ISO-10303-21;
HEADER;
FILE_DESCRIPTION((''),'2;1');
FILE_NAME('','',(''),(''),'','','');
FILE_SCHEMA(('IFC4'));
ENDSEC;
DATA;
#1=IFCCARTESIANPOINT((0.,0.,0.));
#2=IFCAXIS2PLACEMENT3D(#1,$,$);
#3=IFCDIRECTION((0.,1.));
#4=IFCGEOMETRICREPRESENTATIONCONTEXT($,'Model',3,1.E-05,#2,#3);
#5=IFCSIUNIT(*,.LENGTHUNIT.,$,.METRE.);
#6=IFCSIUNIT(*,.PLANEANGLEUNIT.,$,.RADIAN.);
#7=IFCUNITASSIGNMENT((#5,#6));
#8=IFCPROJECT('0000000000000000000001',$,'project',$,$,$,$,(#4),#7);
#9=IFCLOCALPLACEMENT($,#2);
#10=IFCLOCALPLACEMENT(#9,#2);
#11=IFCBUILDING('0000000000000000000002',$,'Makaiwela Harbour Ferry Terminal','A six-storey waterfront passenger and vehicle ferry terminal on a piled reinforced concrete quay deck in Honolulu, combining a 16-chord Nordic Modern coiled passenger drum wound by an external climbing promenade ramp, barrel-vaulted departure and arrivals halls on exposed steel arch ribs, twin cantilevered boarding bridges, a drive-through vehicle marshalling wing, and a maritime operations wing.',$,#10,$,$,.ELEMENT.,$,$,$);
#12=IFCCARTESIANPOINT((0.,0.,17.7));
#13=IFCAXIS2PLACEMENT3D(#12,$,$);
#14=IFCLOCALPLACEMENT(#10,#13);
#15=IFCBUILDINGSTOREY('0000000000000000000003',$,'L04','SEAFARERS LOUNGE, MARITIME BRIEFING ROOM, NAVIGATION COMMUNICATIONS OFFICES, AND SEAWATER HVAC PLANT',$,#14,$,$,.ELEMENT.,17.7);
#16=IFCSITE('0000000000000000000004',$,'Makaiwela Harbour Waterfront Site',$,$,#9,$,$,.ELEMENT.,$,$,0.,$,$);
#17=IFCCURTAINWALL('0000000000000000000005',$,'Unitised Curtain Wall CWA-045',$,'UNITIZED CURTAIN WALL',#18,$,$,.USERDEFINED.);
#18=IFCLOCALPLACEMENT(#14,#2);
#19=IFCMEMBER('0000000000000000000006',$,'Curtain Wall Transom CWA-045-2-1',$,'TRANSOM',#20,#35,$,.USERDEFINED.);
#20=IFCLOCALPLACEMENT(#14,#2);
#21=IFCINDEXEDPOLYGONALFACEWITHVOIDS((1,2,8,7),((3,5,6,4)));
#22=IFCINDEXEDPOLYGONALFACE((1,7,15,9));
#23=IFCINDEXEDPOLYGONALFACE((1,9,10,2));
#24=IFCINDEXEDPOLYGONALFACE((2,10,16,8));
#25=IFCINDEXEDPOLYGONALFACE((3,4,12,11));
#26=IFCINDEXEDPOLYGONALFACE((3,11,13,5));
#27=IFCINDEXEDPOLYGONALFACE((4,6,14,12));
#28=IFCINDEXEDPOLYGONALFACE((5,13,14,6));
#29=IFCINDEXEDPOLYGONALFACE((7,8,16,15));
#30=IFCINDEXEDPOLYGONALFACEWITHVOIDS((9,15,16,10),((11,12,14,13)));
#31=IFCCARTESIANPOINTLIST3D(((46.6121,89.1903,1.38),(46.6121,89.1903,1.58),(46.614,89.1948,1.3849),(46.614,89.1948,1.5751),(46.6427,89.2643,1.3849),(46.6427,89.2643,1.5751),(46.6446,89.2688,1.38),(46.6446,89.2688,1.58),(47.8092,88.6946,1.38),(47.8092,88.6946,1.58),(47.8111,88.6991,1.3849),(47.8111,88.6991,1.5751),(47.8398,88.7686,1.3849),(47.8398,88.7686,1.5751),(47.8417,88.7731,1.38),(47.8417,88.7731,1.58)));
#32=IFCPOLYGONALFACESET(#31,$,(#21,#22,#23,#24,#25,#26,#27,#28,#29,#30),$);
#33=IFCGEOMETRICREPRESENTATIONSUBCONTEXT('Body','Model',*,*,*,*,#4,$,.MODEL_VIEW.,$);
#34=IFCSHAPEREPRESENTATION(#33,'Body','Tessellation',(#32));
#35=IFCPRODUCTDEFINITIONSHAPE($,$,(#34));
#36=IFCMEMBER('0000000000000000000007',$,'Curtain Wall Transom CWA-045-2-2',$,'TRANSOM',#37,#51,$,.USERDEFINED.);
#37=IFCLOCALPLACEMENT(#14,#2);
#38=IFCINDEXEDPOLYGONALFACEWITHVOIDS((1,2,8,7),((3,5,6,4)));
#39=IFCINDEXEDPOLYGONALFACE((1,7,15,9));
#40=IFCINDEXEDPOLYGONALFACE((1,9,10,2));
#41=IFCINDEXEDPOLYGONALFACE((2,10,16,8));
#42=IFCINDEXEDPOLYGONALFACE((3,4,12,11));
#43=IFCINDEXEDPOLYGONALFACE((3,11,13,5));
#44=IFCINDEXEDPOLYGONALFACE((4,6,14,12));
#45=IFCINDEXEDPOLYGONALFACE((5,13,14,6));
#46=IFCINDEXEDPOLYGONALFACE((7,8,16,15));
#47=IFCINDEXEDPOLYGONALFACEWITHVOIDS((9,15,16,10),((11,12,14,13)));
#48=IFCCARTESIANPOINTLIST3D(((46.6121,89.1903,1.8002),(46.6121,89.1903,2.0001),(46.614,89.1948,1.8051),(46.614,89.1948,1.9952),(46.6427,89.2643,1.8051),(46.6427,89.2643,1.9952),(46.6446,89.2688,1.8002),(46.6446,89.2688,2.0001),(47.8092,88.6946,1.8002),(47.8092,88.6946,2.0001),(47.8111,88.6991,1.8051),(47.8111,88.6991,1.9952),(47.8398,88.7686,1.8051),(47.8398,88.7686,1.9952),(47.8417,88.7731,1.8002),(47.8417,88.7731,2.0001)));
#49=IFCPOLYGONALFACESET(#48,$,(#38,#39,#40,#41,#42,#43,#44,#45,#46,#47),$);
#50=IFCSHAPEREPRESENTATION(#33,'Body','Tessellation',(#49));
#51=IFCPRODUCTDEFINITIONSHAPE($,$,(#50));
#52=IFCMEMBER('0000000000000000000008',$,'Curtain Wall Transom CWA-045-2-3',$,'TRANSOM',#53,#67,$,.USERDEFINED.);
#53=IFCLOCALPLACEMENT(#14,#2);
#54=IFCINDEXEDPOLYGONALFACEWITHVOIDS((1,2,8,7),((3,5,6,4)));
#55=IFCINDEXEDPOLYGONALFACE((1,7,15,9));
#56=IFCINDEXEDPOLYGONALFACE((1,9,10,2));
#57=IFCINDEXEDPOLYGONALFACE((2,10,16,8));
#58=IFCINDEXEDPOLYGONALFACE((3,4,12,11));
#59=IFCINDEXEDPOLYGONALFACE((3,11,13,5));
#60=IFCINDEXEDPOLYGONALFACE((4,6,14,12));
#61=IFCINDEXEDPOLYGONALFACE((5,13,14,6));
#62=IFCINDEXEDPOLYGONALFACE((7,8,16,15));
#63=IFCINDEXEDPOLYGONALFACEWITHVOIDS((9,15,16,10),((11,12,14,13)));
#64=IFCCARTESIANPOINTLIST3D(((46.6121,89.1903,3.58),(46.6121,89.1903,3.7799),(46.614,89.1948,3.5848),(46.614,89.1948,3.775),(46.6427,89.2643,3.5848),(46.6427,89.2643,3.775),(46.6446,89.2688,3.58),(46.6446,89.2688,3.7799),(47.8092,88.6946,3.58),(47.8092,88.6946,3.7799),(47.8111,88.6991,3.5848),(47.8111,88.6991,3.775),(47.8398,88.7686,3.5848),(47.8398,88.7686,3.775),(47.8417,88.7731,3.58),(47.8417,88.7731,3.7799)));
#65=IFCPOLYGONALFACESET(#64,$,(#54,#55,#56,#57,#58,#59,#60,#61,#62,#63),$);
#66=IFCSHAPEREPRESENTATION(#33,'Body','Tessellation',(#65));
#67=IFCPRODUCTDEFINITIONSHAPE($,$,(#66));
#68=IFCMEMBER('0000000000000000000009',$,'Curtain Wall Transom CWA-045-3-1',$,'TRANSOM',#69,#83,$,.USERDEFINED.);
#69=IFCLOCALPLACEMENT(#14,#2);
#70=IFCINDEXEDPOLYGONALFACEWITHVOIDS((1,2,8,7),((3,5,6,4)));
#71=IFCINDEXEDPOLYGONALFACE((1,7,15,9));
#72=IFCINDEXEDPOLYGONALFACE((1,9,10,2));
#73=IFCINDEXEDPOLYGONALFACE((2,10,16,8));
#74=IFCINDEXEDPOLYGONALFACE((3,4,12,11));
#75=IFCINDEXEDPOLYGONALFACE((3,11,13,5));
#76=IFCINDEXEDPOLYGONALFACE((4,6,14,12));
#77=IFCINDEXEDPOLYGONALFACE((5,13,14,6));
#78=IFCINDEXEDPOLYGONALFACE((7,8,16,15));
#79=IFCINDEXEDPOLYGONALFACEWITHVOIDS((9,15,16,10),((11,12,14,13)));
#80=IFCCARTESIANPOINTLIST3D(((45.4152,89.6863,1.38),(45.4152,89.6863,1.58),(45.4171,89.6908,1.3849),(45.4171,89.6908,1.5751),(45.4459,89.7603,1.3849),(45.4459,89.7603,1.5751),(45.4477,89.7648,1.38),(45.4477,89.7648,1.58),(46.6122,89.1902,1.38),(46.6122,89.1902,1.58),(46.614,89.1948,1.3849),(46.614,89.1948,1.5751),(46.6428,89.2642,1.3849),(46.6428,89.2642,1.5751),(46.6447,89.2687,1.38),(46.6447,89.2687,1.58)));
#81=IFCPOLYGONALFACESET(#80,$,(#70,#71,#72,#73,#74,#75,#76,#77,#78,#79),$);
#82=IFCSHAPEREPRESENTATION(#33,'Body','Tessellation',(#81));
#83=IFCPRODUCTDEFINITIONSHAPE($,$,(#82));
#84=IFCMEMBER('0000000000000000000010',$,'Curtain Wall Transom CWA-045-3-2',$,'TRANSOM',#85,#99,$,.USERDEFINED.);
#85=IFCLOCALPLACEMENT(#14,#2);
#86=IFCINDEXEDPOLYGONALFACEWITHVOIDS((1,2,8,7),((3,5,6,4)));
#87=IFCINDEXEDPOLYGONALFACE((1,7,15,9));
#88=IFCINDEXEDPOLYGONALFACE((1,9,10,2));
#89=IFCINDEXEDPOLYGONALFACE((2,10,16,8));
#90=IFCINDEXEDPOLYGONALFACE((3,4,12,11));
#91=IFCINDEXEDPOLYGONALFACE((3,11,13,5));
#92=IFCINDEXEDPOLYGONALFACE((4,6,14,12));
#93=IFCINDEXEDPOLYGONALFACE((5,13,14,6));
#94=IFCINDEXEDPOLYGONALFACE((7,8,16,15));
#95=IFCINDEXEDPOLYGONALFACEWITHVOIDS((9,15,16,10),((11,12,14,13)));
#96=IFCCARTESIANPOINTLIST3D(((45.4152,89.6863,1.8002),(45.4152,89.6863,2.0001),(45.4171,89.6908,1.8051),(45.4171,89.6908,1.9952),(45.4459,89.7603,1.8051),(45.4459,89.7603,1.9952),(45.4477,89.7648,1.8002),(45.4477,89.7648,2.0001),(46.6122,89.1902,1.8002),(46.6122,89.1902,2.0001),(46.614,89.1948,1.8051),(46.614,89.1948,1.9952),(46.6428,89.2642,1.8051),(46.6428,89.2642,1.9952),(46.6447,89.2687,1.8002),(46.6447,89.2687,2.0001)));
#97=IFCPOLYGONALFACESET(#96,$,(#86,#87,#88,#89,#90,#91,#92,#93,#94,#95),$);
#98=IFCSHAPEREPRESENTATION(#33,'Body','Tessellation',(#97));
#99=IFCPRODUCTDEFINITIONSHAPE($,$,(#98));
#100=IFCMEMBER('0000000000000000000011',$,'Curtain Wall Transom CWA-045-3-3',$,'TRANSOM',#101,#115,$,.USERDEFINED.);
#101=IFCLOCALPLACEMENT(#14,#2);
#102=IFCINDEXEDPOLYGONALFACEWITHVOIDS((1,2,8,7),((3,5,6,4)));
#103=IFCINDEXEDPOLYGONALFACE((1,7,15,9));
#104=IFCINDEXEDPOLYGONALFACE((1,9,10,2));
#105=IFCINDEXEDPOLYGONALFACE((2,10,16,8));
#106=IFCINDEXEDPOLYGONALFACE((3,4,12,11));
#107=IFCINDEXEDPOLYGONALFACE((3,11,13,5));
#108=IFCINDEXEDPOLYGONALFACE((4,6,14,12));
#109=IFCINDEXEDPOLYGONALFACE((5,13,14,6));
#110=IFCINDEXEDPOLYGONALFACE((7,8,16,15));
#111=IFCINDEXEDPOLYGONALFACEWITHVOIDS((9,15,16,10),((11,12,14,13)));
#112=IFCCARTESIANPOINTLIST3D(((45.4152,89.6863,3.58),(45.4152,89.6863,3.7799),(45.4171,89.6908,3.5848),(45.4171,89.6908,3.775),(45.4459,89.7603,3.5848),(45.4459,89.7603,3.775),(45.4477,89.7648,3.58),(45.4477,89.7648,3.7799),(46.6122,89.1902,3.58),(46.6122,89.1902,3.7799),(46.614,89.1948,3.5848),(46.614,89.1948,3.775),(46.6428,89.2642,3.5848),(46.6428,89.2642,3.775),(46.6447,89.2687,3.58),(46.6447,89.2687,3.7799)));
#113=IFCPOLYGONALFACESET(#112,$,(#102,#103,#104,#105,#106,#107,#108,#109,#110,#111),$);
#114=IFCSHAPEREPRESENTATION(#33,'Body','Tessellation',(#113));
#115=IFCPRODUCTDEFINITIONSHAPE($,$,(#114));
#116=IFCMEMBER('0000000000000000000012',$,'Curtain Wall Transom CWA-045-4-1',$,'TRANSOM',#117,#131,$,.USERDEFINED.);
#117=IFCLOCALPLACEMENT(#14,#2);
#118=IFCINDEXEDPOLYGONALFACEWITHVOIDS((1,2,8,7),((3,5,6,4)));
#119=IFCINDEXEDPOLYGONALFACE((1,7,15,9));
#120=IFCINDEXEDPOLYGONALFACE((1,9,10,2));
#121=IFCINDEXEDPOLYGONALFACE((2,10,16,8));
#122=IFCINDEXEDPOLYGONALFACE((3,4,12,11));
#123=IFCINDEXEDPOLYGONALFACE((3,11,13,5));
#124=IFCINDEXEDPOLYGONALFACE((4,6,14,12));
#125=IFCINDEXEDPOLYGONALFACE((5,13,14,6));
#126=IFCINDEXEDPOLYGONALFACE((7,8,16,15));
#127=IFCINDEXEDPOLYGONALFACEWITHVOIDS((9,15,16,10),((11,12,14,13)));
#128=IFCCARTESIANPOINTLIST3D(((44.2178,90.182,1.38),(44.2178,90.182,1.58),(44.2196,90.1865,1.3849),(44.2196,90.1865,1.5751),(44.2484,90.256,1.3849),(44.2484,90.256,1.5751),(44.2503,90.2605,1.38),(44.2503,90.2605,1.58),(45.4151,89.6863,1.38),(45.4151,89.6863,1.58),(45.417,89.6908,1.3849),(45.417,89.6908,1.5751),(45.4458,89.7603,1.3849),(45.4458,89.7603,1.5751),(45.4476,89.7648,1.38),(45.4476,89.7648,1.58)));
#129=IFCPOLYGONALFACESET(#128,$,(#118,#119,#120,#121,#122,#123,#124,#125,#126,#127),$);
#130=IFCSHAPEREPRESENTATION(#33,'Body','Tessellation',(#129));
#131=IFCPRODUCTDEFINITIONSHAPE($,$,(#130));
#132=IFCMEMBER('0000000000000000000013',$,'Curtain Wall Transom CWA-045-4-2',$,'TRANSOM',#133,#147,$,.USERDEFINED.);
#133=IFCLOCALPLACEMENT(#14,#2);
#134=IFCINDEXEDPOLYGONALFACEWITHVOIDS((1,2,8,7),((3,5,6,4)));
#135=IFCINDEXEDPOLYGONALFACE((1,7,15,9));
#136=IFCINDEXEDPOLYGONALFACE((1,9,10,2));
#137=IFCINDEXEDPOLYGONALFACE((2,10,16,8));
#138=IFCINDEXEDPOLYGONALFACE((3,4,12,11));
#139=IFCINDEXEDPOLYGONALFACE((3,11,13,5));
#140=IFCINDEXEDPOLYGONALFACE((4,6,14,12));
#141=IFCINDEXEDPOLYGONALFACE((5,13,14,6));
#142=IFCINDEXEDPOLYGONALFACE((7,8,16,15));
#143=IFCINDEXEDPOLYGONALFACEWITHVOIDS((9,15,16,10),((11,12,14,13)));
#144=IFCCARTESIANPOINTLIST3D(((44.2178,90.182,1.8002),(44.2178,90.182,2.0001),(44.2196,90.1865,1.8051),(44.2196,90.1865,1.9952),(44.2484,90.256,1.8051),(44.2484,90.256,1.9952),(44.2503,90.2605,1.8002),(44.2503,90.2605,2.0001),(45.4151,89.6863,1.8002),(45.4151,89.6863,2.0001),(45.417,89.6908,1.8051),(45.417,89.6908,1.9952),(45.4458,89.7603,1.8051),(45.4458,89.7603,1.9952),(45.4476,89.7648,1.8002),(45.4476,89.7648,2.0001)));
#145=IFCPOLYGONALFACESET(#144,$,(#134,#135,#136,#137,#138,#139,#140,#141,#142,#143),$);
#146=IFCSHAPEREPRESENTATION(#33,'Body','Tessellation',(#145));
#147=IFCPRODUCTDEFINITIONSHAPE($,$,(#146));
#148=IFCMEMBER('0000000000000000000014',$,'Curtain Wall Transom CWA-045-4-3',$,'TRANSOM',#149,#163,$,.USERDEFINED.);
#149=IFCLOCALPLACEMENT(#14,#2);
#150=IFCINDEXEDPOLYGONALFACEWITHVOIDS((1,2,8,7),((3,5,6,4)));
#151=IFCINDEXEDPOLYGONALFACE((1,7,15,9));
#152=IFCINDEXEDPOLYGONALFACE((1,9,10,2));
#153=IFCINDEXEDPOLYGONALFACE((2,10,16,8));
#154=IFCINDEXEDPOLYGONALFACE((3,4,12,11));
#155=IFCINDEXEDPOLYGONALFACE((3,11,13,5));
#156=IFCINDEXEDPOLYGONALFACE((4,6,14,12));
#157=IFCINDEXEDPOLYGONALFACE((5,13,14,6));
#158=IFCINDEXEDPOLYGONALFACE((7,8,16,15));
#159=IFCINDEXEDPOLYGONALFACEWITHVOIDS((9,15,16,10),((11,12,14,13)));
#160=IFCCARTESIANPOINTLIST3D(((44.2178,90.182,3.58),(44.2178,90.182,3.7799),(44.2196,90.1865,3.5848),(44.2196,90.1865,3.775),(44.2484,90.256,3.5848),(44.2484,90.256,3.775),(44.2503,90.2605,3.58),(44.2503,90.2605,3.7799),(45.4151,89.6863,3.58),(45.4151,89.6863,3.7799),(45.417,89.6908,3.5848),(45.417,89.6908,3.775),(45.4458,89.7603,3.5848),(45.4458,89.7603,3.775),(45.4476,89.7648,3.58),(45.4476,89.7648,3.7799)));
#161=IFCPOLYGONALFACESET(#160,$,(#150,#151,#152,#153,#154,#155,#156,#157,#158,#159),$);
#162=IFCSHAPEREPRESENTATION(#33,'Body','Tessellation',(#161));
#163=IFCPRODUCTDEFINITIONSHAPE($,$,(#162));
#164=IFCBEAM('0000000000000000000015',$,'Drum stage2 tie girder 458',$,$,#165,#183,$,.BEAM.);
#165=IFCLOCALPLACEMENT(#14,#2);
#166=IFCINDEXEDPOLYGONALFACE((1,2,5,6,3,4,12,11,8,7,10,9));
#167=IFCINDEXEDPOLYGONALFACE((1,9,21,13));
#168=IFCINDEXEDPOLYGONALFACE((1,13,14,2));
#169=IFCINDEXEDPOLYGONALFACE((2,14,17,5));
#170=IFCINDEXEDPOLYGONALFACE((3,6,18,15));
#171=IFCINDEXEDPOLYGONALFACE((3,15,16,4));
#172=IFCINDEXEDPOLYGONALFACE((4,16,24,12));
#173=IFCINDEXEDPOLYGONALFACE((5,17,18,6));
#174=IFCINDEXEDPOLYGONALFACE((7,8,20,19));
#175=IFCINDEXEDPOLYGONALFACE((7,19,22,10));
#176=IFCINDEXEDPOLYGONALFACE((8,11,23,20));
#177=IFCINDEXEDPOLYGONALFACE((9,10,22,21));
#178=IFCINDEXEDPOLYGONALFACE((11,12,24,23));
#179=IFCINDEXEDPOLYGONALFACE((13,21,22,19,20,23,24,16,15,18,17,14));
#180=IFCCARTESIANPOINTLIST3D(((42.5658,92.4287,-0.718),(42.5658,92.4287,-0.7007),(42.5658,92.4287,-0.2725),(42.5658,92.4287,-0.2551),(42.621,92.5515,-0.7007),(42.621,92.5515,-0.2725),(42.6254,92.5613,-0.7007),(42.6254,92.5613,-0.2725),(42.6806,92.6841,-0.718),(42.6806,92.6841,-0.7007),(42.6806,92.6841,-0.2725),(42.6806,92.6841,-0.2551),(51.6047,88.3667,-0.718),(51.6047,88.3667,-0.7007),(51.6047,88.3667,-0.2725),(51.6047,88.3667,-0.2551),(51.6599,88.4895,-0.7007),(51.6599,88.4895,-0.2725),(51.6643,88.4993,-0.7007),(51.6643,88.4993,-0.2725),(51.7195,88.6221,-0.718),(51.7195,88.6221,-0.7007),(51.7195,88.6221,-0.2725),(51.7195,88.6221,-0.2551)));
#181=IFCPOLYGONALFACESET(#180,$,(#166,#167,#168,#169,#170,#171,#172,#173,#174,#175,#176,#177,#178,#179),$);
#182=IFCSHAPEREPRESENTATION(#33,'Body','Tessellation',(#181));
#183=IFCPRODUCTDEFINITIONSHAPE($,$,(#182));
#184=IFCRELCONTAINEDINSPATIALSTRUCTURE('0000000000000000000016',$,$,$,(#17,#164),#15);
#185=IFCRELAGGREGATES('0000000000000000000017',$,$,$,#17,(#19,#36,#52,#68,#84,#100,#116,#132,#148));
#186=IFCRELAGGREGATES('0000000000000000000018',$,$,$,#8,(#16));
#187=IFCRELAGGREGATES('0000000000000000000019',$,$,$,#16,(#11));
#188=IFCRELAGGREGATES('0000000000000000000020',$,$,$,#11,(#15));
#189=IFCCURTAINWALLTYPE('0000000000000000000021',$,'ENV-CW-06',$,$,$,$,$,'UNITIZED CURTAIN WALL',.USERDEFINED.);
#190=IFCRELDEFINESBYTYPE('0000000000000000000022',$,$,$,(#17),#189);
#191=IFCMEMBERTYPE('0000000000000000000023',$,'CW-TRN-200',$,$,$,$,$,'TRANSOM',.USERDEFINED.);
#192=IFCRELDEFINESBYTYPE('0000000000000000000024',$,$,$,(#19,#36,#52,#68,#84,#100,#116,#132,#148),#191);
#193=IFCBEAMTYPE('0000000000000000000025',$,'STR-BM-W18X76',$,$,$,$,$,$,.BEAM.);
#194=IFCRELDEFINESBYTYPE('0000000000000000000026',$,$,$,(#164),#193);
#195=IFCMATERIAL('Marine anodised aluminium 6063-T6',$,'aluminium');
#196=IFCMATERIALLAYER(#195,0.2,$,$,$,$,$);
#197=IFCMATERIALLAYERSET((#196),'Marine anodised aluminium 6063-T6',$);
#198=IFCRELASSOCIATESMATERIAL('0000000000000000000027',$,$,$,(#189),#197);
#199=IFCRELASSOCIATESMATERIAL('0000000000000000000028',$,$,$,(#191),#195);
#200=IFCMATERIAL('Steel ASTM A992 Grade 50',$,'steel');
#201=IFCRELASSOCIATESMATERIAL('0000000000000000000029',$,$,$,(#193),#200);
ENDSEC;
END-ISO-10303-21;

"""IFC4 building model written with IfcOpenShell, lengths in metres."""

from ifc_helpers import new_model, si_unit, direction, frame, origin, origin_2d, place, context, subcontext, project, spatial, hollow_rectangle, i_section, extrude, material, layer, layer_set, material_profile, profile_set, type_object, element, aggregate, save


model = new_model("IFC4")

# Units and contexts
model_context = context("Model", 3, precision=1e-05, world=origin(), true_north=direction((0.0, 1.0)))
body_context = subcontext(model_context, "Body", "Model", "MODEL_VIEW")
ifc_project = project(units=[si_unit("LENGTHUNIT", "METRE"), si_unit("PLANEANGLEUNIT", "RADIAN")], contexts=[model_context])

# Site, building, storey
site_placement = place(None, origin())
site = spatial("IfcSite", under=ifc_project, at=site_placement, Name="Makaiwela Harbour Waterfront Site", CompositionType="ELEMENT", RefElevation=0.0)
building_placement = place(site_placement, origin())
building = spatial("IfcBuilding", under=site, at=building_placement, Name="Makaiwela Harbour Ferry Terminal", Description="A six-storey waterfront passenger and vehicle ferry terminal on a piled reinforced concrete quay deck in Honolulu, combining a 16-chord Nordic Modern coiled passenger drum wound by an external climbing promenade ramp, barrel-vaulted departure and arrivals halls on exposed steel arch ribs, twin cantilevered boarding bridges, a drive-through vehicle marshalling wing, and a maritime operations wing.", CompositionType="ELEMENT")
storey_placement = place(building_placement, frame((0.0, 0.0, 17.7)))
storey = spatial("IfcBuildingStorey", under=building, at=storey_placement, Name="L04", Description="SEAFARERS LOUNGE, MARITIME BRIEFING ROOM, NAVIGATION COMMUNICATIONS OFFICES, AND SEAWATER HVAC PLANT", CompositionType="ELEMENT", Elevation=17.7)

# Curtain wall
ifc_material_1 = material(Name="Marine anodised aluminium 6063-T6", Category="aluminium")
ifc_layer_1 = layer(ifc_material_1, 0.2)
ifc_layer_set_1 = layer_set([ifc_layer_1], Name="Marine anodised aluminium 6063-T6")
curtain_wall_type = type_object("IfcCurtainWallType", Name="ENV-CW-06", ElementType="UNITIZED CURTAIN WALL", PredefinedType="USERDEFINED", material=ifc_layer_set_1)
curtain_wall_1_placement = place(storey_placement, origin())
curtain_wall_1 = element("IfcCurtainWall", 1, at=curtain_wall_1_placement, inside=storey, type_object=curtain_wall_type, Name="Unitised Curtain Wall CWA-045", ObjectType="UNITIZED CURTAIN WALL", PredefinedType="USERDEFINED")

# Members
ifc_material_profile_1 = material_profile(ifc_material_1, hollow_rectangle(XDim=0.085, YDim=0.2, WallThickness=0.0049, at=origin_2d()), Name="CWT-200X85")
ifc_profile_set_1 = profile_set([ifc_material_profile_1], Name="Marine anodised aluminium 6063-T6")
member_type_1 = type_object("IfcMemberType", Name="CW-TRN-200", ElementType="TRANSOM", PredefinedType="USERDEFINED", material=ifc_profile_set_1)
member_1_placement = place(storey_placement, frame((47.8254, 88.7339, 1.48), z_axis=(-0.923939, 0.38254, 0.0), x_axis=(-0.38254, -0.923939, 0.0)))
member_1 = element("IfcMember", 2, at=member_1_placement, type_object=member_type_1, Name="Curtain Wall Transom CWA-045-2-1", ObjectType="TRANSOM", PredefinedType="USERDEFINED", context=body_context, shape_type="SweptSolid", body=[
    extrude(hollow_rectangle(XDim=0.085, YDim=0.2, WallThickness=0.0049, at=origin_2d()), origin(), (0.0, 0.0, 1.0), 1.2957),
])
member_2_placement = place(storey_placement, frame((47.8254, 88.7339, 1.9001), z_axis=(-0.923939, 0.38254, 0.0), x_axis=(-0.38254, -0.923939, 0.0)))
member_2 = element("IfcMember", 3, at=member_2_placement, type_object=member_type_1, Name="Curtain Wall Transom CWA-045-2-2", ObjectType="TRANSOM", PredefinedType="USERDEFINED", context=body_context, shape_type="SweptSolid", body=[
    extrude(hollow_rectangle(XDim=0.085, YDim=0.2, WallThickness=0.0049, at=origin_2d()), origin(), (0.0, 0.0, 1.0), 1.2957),
])
member_3_placement = place(storey_placement, frame((47.8254, 88.7339, 3.6799), z_axis=(-0.923939, 0.38254, 0.0), x_axis=(-0.38254, -0.923939, 0.0)))
member_3 = element("IfcMember", 4, at=member_3_placement, type_object=member_type_1, Name="Curtain Wall Transom CWA-045-2-3", ObjectType="TRANSOM", PredefinedType="USERDEFINED", context=body_context, shape_type="SweptSolid", body=[
    extrude(hollow_rectangle(XDim=0.085, YDim=0.2, WallThickness=0.0049, at=origin_2d()), origin(), (0.0, 0.0, 1.0), 1.2957),
])
member_4_placement = place(storey_placement, frame((46.6284, 89.2295, 1.48), z_axis=(-0.923806, 0.382862, 0.0), x_axis=(-0.382862, -0.923806, 0.0)))
member_4 = element("IfcMember", 5, at=member_4_placement, type_object=member_type_1, Name="Curtain Wall Transom CWA-045-3-1", ObjectType="TRANSOM", PredefinedType="USERDEFINED", context=body_context, shape_type="SweptSolid", body=[
    extrude(hollow_rectangle(XDim=0.085, YDim=0.2, WallThickness=0.0049, at=origin_2d()), origin(), (0.0, 0.0, 1.0), 1.2957),
])
member_5_placement = place(storey_placement, frame((46.6284, 89.2295, 1.9001), z_axis=(-0.923806, 0.382862, 0.0), x_axis=(-0.382862, -0.923806, 0.0)))
member_5 = element("IfcMember", 6, at=member_5_placement, type_object=member_type_1, Name="Curtain Wall Transom CWA-045-3-2", ObjectType="TRANSOM", PredefinedType="USERDEFINED", context=body_context, shape_type="SweptSolid", body=[
    extrude(hollow_rectangle(XDim=0.085, YDim=0.2, WallThickness=0.0049, at=origin_2d()), origin(), (0.0, 0.0, 1.0), 1.2957),
])
member_6_placement = place(storey_placement, frame((46.6284, 89.2295, 3.6799), z_axis=(-0.923806, 0.382862, 0.0), x_axis=(-0.382862, -0.923806, 0.0)))
member_6 = element("IfcMember", 7, at=member_6_placement, type_object=member_type_1, Name="Curtain Wall Transom CWA-045-3-3", ObjectType="TRANSOM", PredefinedType="USERDEFINED", context=body_context, shape_type="SweptSolid", body=[
    extrude(hollow_rectangle(XDim=0.085, YDim=0.2, WallThickness=0.0049, at=origin_2d()), origin(), (0.0, 0.0, 1.0), 1.2957),
])
member_7_placement = place(storey_placement, frame((45.4314, 89.7256, 1.48), z_axis=(-0.923966, 0.382474, 0.0), x_axis=(-0.382474, -0.923966, 0.0)))
member_7 = element("IfcMember", 8, at=member_7_placement, type_object=member_type_1, Name="Curtain Wall Transom CWA-045-4-1", ObjectType="TRANSOM", PredefinedType="USERDEFINED", context=body_context, shape_type="SweptSolid", body=[
    extrude(hollow_rectangle(XDim=0.085, YDim=0.2, WallThickness=0.0049, at=origin_2d()), origin(), (0.0, 0.0, 1.0), 1.2959),
])
member_8_placement = place(storey_placement, frame((45.4314, 89.7256, 1.9001), z_axis=(-0.923966, 0.382474, 0.0), x_axis=(-0.382474, -0.923966, 0.0)))
member_8 = element("IfcMember", 9, at=member_8_placement, type_object=member_type_1, Name="Curtain Wall Transom CWA-045-4-2", ObjectType="TRANSOM", PredefinedType="USERDEFINED", context=body_context, shape_type="SweptSolid", body=[
    extrude(hollow_rectangle(XDim=0.085, YDim=0.2, WallThickness=0.0049, at=origin_2d()), origin(), (0.0, 0.0, 1.0), 1.2959),
])
member_9_placement = place(storey_placement, frame((45.4314, 89.7256, 3.6799), z_axis=(-0.923966, 0.382474, 0.0), x_axis=(-0.382474, -0.923966, 0.0)))
member_9 = element("IfcMember", 10, at=member_9_placement, type_object=member_type_1, Name="Curtain Wall Transom CWA-045-4-3", ObjectType="TRANSOM", PredefinedType="USERDEFINED", context=body_context, shape_type="SweptSolid", body=[
    extrude(hollow_rectangle(XDim=0.085, YDim=0.2, WallThickness=0.0049, at=origin_2d()), origin(), (0.0, 0.0, 1.0), 1.2959),
])

# Beam
ifc_material_2 = material(Name="Steel ASTM A992 Grade 50", Category="steel")
ifc_material_profile_2 = material_profile(ifc_material_2, i_section(OverallWidth=0.28, OverallDepth=0.4629, WebThickness=0.0107, FlangeThickness=0.0173, at=origin_2d()), Name="W18X76")
ifc_profile_set_2 = profile_set([ifc_material_profile_2], Name="Steel ASTM A992 Grade 50")
beam_type_1 = type_object("IfcBeamType", Name="STR-BM-W18X76", PredefinedType="BEAM", material=ifc_profile_set_2)
beam_1_placement = place(storey_placement, frame((51.6621, 88.4944, -0.4866), z_axis=(-0.912127, 0.409907, 0.0), x_axis=(-0.409907, -0.912127, 0.0)))
element("IfcBeam", 11, at=beam_1_placement, inside=storey, type_object=beam_type_1, Name="Drum stage2 tie girder 458", PredefinedType="BEAM", context=body_context, shape_type="SweptSolid", body=[
    extrude(i_section(OverallWidth=0.28, OverallDepth=0.4629, WebThickness=0.0107, FlangeThickness=0.0173, at=origin_2d()), origin(), (0.0, 0.0, 1.0), 9.9097),
])

aggregate(curtain_wall_1, [member_1, member_2, member_3, member_4, member_5, member_6, member_7, member_8, member_9])

save(model, "model.ifc")
